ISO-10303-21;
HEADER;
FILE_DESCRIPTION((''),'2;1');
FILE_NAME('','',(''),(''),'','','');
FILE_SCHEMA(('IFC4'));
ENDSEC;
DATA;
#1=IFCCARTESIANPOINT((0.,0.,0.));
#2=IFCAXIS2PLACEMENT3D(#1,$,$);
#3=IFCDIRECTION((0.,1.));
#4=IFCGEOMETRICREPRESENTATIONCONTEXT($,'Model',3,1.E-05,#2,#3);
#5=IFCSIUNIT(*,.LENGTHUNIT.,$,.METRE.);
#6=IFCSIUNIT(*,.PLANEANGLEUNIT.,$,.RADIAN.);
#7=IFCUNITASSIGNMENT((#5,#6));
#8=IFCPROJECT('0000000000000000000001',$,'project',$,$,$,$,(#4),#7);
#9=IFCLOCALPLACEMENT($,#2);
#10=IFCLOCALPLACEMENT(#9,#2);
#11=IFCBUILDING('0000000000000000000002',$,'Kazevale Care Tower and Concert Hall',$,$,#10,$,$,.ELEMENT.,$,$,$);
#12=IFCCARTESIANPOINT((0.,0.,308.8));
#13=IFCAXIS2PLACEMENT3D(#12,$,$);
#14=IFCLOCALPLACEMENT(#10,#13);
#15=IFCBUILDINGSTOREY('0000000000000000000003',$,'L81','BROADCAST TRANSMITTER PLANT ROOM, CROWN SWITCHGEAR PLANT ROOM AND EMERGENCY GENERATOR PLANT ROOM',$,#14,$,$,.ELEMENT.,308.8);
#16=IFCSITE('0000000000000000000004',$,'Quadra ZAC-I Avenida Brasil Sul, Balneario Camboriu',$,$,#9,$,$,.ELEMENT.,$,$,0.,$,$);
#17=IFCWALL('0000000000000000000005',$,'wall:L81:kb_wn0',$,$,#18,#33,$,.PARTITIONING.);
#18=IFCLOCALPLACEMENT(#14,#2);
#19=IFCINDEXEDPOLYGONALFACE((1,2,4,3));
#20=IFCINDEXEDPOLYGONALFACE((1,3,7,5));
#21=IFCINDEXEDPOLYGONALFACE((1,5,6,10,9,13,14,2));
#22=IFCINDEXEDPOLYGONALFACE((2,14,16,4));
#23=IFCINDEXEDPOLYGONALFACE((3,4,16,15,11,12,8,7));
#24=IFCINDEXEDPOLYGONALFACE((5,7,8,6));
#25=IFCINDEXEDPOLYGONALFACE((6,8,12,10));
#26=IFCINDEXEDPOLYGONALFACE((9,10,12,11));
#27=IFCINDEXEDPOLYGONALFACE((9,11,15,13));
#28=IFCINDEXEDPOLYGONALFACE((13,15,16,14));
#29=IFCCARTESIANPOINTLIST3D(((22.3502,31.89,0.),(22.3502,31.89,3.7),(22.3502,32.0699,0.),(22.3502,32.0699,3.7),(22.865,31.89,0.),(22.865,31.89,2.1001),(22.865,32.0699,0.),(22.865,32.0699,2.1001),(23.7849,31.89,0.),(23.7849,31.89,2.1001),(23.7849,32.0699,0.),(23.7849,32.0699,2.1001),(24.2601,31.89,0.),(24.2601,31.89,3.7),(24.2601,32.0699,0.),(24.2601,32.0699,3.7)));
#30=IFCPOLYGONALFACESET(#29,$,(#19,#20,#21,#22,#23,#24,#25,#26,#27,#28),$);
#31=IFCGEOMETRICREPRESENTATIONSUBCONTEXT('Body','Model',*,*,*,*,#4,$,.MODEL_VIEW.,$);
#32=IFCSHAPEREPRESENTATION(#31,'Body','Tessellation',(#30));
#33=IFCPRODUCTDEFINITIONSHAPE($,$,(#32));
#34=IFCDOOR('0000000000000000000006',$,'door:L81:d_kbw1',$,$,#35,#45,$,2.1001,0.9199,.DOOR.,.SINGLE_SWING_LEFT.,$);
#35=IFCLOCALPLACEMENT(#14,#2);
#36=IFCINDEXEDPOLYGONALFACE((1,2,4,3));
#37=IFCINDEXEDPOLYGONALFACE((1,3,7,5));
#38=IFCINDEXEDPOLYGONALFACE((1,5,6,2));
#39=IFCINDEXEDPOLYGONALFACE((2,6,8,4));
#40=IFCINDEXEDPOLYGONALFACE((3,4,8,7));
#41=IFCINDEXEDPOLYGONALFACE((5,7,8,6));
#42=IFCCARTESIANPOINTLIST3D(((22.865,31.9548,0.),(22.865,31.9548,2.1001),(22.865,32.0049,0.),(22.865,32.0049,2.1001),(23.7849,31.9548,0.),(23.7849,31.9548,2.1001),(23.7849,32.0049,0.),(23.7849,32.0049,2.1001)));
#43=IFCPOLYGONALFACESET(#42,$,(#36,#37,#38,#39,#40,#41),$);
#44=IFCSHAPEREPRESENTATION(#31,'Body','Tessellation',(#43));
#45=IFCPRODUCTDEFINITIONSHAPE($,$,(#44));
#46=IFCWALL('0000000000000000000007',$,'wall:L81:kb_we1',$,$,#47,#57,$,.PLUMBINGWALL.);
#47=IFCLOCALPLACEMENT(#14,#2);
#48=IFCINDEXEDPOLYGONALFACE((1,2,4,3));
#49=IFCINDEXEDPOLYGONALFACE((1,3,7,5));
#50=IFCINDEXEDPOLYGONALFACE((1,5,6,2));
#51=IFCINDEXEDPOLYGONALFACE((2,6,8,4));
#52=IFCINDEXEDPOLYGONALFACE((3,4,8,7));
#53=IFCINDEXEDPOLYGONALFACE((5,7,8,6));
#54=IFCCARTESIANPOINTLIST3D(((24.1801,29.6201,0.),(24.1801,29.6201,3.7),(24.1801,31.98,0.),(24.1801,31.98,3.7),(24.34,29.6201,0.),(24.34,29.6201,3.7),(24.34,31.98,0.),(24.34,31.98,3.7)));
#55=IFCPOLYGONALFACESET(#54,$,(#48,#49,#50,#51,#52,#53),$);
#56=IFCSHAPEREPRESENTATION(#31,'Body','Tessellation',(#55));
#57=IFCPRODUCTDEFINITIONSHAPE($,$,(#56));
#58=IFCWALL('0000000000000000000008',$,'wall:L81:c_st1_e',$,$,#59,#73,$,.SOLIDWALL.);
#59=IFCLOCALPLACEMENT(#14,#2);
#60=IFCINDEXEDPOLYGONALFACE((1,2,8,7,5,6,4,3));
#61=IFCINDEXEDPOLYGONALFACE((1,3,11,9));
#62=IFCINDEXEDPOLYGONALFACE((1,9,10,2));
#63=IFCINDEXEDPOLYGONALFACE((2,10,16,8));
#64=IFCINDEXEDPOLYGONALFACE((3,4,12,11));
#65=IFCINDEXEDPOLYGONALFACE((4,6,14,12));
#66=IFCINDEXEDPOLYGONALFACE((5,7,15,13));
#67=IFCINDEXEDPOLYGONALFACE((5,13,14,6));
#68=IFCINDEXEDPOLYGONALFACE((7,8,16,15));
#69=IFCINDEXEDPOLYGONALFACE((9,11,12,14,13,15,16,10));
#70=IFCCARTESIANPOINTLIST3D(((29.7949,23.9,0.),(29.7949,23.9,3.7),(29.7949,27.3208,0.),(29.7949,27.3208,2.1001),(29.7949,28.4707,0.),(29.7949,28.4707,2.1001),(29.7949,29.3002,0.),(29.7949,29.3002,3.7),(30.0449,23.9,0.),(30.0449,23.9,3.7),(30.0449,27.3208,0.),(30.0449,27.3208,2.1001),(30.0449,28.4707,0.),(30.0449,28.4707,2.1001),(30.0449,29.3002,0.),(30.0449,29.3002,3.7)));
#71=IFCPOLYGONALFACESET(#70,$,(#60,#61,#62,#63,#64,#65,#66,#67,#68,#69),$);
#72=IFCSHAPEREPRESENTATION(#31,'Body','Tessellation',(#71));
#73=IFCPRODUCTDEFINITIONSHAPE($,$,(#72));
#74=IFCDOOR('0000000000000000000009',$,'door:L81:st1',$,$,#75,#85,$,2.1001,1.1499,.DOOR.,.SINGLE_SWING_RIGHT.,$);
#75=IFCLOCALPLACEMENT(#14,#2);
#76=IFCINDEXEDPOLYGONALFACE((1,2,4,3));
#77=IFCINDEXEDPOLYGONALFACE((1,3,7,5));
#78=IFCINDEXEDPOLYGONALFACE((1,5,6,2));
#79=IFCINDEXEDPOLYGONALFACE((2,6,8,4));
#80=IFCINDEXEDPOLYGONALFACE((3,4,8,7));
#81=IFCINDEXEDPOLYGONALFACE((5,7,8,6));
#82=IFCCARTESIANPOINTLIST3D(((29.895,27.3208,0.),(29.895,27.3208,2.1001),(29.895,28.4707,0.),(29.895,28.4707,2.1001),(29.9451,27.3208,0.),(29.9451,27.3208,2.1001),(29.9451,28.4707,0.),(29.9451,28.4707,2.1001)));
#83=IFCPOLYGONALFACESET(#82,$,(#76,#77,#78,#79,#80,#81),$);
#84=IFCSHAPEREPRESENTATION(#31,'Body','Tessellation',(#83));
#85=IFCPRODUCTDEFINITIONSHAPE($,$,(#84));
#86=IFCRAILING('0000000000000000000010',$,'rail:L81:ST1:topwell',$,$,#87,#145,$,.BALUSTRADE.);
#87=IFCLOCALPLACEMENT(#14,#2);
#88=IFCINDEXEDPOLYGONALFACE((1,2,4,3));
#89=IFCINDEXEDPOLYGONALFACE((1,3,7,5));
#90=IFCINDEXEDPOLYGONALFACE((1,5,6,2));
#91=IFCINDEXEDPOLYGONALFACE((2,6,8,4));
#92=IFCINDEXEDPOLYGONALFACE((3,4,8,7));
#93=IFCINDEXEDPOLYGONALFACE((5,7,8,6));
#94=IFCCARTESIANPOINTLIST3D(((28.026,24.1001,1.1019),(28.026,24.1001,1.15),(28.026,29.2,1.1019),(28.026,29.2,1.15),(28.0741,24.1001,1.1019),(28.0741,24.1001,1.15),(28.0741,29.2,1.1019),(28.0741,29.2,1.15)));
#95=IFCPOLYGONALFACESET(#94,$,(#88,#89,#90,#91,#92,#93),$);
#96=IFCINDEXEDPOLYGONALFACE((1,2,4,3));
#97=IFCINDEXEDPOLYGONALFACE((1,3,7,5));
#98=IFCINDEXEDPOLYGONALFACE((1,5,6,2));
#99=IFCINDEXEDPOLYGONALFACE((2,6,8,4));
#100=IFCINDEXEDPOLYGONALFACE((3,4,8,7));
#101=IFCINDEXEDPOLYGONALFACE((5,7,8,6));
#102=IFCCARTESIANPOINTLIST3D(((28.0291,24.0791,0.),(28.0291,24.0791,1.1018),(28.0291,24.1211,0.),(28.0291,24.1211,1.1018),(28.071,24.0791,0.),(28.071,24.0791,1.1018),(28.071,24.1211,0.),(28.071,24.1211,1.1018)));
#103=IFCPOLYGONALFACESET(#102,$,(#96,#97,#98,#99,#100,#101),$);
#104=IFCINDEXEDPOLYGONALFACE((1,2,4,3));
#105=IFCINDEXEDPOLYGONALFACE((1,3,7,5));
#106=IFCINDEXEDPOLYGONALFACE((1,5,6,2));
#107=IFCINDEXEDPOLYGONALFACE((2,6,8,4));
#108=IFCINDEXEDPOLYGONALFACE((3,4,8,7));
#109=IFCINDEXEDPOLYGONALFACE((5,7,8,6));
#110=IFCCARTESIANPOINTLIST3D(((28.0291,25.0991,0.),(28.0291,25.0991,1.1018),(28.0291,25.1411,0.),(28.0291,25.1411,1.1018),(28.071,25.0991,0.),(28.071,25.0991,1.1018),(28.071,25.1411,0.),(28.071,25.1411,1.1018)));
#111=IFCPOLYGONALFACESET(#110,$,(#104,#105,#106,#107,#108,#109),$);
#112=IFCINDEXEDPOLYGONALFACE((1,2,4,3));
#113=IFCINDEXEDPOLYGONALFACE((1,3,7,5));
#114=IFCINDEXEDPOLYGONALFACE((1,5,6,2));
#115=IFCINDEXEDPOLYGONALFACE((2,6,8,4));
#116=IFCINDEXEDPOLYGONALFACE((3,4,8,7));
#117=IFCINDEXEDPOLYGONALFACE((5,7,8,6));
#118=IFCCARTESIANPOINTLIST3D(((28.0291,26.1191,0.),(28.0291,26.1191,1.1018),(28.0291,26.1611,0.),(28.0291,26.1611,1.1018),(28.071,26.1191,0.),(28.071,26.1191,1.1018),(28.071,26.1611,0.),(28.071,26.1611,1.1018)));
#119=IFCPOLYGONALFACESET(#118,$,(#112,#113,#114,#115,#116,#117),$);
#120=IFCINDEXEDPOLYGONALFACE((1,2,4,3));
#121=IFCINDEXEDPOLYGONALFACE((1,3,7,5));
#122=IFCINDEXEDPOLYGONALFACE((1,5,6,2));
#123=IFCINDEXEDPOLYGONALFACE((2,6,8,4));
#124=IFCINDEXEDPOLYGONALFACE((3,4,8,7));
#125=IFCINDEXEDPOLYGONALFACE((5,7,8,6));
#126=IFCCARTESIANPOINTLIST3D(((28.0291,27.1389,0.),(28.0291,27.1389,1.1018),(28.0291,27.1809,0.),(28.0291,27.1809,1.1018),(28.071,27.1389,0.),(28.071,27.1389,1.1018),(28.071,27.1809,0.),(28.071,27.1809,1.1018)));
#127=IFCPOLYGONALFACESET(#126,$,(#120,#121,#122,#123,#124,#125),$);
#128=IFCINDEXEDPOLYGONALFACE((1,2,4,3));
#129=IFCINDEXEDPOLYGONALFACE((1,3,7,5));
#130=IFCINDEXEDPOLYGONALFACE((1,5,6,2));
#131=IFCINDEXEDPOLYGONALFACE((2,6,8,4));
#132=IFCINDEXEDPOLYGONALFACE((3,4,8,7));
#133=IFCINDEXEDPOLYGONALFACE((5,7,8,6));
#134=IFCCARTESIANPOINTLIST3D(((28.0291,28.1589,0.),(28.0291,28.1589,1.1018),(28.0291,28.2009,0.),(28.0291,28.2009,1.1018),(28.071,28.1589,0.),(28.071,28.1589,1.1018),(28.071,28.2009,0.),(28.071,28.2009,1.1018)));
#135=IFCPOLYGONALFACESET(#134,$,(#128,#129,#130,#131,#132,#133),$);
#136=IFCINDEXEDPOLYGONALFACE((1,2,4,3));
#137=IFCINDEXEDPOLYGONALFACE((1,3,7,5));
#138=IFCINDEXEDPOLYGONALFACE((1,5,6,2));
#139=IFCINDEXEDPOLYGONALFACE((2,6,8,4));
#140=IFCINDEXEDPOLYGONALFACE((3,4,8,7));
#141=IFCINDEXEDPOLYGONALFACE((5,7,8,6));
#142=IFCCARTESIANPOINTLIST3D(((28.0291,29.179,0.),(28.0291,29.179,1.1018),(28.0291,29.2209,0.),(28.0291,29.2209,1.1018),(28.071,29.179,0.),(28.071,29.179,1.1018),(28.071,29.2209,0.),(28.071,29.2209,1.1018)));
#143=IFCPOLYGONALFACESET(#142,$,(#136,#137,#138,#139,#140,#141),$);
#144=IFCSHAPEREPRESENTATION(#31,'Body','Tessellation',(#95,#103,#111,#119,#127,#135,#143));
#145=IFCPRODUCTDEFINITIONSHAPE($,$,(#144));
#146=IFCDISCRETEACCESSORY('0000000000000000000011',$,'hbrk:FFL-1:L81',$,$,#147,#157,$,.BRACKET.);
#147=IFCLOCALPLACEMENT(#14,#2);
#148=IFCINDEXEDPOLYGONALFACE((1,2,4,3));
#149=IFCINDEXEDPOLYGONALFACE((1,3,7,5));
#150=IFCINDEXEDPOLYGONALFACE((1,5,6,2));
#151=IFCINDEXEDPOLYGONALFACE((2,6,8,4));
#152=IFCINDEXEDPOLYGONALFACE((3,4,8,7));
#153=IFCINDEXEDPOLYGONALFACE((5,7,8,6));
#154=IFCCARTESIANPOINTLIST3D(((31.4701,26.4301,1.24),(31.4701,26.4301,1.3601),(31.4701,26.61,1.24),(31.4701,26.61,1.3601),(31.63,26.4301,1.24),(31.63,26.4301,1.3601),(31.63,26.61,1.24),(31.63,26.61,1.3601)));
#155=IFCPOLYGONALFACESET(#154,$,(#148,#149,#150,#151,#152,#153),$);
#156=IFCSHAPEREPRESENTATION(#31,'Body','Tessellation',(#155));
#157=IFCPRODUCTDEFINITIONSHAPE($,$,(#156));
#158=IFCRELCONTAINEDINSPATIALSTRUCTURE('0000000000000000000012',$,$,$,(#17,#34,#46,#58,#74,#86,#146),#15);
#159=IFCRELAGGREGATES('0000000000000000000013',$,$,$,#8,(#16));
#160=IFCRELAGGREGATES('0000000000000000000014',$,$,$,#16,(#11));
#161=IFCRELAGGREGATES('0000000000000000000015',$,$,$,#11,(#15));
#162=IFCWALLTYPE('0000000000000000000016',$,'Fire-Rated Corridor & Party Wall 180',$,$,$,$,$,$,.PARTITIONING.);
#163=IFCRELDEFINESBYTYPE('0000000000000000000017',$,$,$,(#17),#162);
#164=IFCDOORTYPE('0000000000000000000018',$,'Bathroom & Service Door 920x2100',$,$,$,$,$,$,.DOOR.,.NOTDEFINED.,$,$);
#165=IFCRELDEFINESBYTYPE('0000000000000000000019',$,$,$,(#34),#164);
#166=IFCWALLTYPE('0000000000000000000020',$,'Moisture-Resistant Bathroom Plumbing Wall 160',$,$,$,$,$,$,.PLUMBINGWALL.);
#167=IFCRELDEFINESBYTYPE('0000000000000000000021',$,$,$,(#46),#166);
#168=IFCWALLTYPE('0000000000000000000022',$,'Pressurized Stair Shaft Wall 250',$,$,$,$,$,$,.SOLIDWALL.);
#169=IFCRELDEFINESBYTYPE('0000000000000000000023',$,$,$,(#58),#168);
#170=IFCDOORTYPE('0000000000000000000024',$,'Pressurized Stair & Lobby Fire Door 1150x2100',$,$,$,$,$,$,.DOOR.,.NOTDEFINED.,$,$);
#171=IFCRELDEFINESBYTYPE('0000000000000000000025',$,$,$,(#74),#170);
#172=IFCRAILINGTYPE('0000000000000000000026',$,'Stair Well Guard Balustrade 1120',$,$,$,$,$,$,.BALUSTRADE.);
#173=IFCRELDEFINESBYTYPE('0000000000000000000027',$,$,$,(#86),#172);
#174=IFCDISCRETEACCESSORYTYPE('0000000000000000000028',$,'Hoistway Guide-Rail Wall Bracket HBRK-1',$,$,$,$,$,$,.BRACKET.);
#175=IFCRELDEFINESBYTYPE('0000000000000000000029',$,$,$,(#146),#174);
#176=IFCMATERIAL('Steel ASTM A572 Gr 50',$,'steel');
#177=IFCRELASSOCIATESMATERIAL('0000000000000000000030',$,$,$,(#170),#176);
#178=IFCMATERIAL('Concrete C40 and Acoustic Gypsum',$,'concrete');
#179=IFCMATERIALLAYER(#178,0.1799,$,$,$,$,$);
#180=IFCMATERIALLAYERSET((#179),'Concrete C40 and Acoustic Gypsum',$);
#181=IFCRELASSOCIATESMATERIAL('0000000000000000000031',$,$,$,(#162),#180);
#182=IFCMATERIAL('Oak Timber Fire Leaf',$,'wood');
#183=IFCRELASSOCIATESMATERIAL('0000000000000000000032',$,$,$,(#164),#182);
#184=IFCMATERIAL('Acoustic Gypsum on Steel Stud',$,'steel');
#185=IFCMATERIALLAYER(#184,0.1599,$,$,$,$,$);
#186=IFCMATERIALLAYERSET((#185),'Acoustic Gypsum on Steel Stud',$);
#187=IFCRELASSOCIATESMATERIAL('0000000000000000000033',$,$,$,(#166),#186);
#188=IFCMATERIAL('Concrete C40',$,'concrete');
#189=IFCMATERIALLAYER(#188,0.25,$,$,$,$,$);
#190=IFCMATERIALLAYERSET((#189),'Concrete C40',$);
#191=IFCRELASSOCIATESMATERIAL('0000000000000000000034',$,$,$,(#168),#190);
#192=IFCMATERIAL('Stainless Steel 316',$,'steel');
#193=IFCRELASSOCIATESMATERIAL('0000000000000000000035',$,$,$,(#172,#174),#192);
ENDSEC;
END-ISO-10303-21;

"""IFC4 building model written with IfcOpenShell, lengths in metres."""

from ifc_helpers import new_model, si_unit, direction, frame, frame_2d, origin, origin_2d, place, context, subcontext, project, spatial, rectangle, extrude, material, layer, layer_set, type_object, element, fill, save


model = new_model("IFC4")

# Units and contexts
model_context = context("Model", 3, precision=1e-05, world=origin(), true_north=direction((0.0, 1.0)))
body_context = subcontext(model_context, "Body", "Model", "MODEL_VIEW")
ifc_project = project(units=[si_unit("LENGTHUNIT", "METRE"), si_unit("PLANEANGLEUNIT", "RADIAN")], contexts=[model_context])

# Site, building, storey
site_placement = place(None, origin())
site = spatial("IfcSite", under=ifc_project, at=site_placement, Name="Quadra ZAC-I Avenida Brasil Sul, Balneario Camboriu", CompositionType="ELEMENT", RefElevation=0.0)
building_placement = place(site_placement, origin())
building = spatial("IfcBuilding", under=site, at=building_placement, Name="Kazevale Care Tower and Concert Hall", CompositionType="ELEMENT")
storey_placement = place(building_placement, frame((0.0, 0.0, 308.8)))
storey = spatial("IfcBuildingStorey", under=building, at=storey_placement, Name="L81", Description="BROADCAST TRANSMITTER PLANT ROOM, CROWN SWITCHGEAR PLANT ROOM AND EMERGENCY GENERATOR PLANT ROOM", CompositionType="ELEMENT", Elevation=308.8)

# Shared definitions
ifc_material_1 = material(Name="Steel ASTM A572 Gr 50", Category="steel")

# Shared definitions
ifc_material_2 = material(Name="Concrete C40", Category="concrete")

# Shared definitions
door_type_1 = type_object("IfcDoorType", Name="Pressurized Stair & Lobby Fire Door 1150x2100", OperationType="NOTDEFINED", PredefinedType="DOOR", material=ifc_material_1)

# Shared definitions
ifc_material_3 = material(Name="Stainless Steel 316", Category="steel")

# Wall, opening, door
ifc_material_4 = material(Name="Concrete C40 and Acoustic Gypsum", Category="concrete")
ifc_layer_1 = layer(ifc_material_4, 0.1799)
ifc_layer_set_1 = layer_set([ifc_layer_1], Name="Concrete C40 and Acoustic Gypsum")
wall_type_1 = type_object("IfcWallType", Name="Fire-Rated Corridor & Party Wall 180", PredefinedType="PARTITIONING", material=ifc_layer_set_1)
wall_1_placement = place(storey_placement, frame((22.3501, 31.98, 0.0), z_axis=(0.0, 0.0, 1.0), x_axis=(1.0, 0.0, 0.0)))
wall_1 = element("IfcWall", 1, at=wall_1_placement, inside=storey, type_object=wall_type_1, Name="wall:L81:kb_wn0", PredefinedType="PARTITIONING", context=body_context, shape_type="SweptSolid", body=[
    extrude(rectangle(XDim=1.9099, YDim=0.1799, at=frame_2d((0.9551, 0.0))), origin(), (0.0, 0.0, 1.0), 3.7),
])
opening_1_placement = place(wall_1_placement, frame((0.5149, 0.0, 0.0)))
opening_1 = element("IfcOpeningElement", 2, at=opening_1_placement, cuts=wall_1, PredefinedType="OPENING", context=body_context, shape_type="SweptSolid", body=[
    extrude(rectangle(XDim=0.9199, YDim=2.1001, at=frame_2d((0.46, 1.05))), frame((0.0, 0.0999, 0.0), z_axis=(0.0, -1.0, 0.0), x_axis=(1.0, 0.0, 0.0)), (0.0, 0.0, 1.0), 0.2),
])
ifc_material_5 = material(Name="Oak Timber Fire Leaf", Category="wood")
door_type_2 = type_object("IfcDoorType", Name="Bathroom & Service Door 920x2100", OperationType="NOTDEFINED", PredefinedType="DOOR", material=ifc_material_5)
door_1_placement = place(opening_1_placement, origin())
door_1 = element("IfcDoor", 3, at=door_1_placement, inside=storey, type_object=door_type_2, Name="door:L81:d_kbw1", OperationType="SINGLE_SWING_LEFT", OverallHeight=2.1001, OverallWidth=0.9199, PredefinedType="DOOR", context=body_context, shape_type="SweptSolid", body=[
    extrude(rectangle(XDim=0.9199, YDim=2.1001, at=frame_2d((0.46, 1.05))), frame((0.0, 0.0249, 0.0), z_axis=(0.0, -1.0, 0.0), x_axis=(1.0, 0.0, 0.0)), (0.0, 0.0, 1.0), 0.05),
])
fill(opening_1, door_1)

# Wall
ifc_material_6 = material(Name="Acoustic Gypsum on Steel Stud", Category="steel")
ifc_layer_2 = layer(ifc_material_6, 0.1599)
ifc_layer_set_2 = layer_set([ifc_layer_2], Name="Acoustic Gypsum on Steel Stud")
wall_type_2 = type_object("IfcWallType", Name="Moisture-Resistant Bathroom Plumbing Wall 160", PredefinedType="PLUMBINGWALL", material=ifc_layer_set_2)
wall_2_placement = place(storey_placement, frame((24.26, 29.6201, 0.0), z_axis=(0.0, 0.0, 1.0), x_axis=(0.0, 1.0, 0.0)))
element("IfcWall", 4, at=wall_2_placement, inside=storey, type_object=wall_type_2, Name="wall:L81:kb_we1", PredefinedType="PLUMBINGWALL", context=body_context, shape_type="SweptSolid", body=[
    extrude(rectangle(XDim=2.3599, YDim=0.1599, at=frame_2d((1.1799, 0.0))), origin(), (0.0, 0.0, 1.0), 3.7),
])

# Wall, opening, door
ifc_layer_3 = layer(ifc_material_2, 0.25)
ifc_layer_set_3 = layer_set([ifc_layer_3], Name="Concrete C40")
wall_type_3 = type_object("IfcWallType", Name="Pressurized Stair Shaft Wall 250", PredefinedType="SOLIDWALL", material=ifc_layer_set_3)
wall_3_placement = place(storey_placement, frame((29.9199, 23.8999, 0.0), z_axis=(0.0, 0.0, 1.0), x_axis=(0.0, 1.0, 0.0)))
wall_3 = element("IfcWall", 5, at=wall_3_placement, inside=storey, type_object=wall_type_3, Name="wall:L81:c_st1_e", PredefinedType="SOLIDWALL", context=body_context, shape_type="SweptSolid", body=[
    extrude(rectangle(XDim=5.4001, YDim=0.25, at=frame_2d((2.7002, 0.0))), origin(), (0.0, 0.0, 1.0), 3.7),
])
opening_2_placement = place(wall_3_placement, frame((3.4209, 0.0, 0.0)))
opening_2 = element("IfcOpeningElement", 6, at=opening_2_placement, cuts=wall_3, PredefinedType="OPENING", context=body_context, shape_type="SweptSolid", body=[
    extrude(rectangle(XDim=1.1499, YDim=2.1001, at=frame_2d((0.575, 1.05))), frame((0.0, 0.135, 0.0), z_axis=(0.0, -1.0, 0.0), x_axis=(1.0, 0.0, 0.0)), (0.0, 0.0, 1.0), 0.27),
])
door_2_placement = place(opening_2_placement, origin())
door_2 = element("IfcDoor", 7, at=door_2_placement, inside=storey, type_object=door_type_1, Name="door:L81:st1", OperationType="SINGLE_SWING_RIGHT", OverallHeight=2.1001, OverallWidth=1.1499, PredefinedType="DOOR", context=body_context, shape_type="SweptSolid", body=[
    extrude(rectangle(XDim=1.1499, YDim=2.1001, at=frame_2d((0.575, 1.05))), frame((0.0, 0.0249, 0.0), z_axis=(0.0, -1.0, 0.0), x_axis=(1.0, 0.0, 0.0)), (0.0, 0.0, 1.0), 0.05),
])
fill(opening_2, door_2)

# Railing
railing_type = type_object("IfcRailingType", Name="Stair Well Guard Balustrade 1120", PredefinedType="BALUSTRADE", material=ifc_material_3)
railing_placement = place(storey_placement, frame((28.05, 24.1001, 0.0)))
element("IfcRailing", 8, at=railing_placement, inside=storey, type_object=railing_type, Name="rail:L81:ST1:topwell", PredefinedType="BALUSTRADE", context=body_context, shape_type="SweptSolid", body=[
    extrude(rectangle(XDim=0.0481, YDim=0.0481, at=origin_2d()), frame((0.0, 0.0, 1.126), z_axis=(0.0, 1.0, 0.0), x_axis=(-1.0, 0.0, 0.0)), (0.0, 0.0, 1.0), 5.0999),
    extrude(rectangle(XDim=0.042, YDim=0.042, at=origin_2d()), origin(), (0.0, 0.0, 1.0), 1.1018),
    extrude(rectangle(XDim=0.042, YDim=0.042, at=origin_2d()), frame((0.0, 1.02, 0.0)), (0.0, 0.0, 1.0), 1.1018),
    extrude(rectangle(XDim=0.042, YDim=0.042, at=origin_2d()), frame((0.0, 2.04, 0.0)), (0.0, 0.0, 1.0), 1.1018),
    extrude(rectangle(XDim=0.042, YDim=0.042, at=origin_2d()), frame((0.0, 3.0598, 0.0)), (0.0, 0.0, 1.0), 1.1018),
    extrude(rectangle(XDim=0.042, YDim=0.042, at=origin_2d()), frame((0.0, 4.0798, 0.0)), (0.0, 0.0, 1.0), 1.1018),
    extrude(rectangle(XDim=0.042, YDim=0.042, at=origin_2d()), frame((0.0, 5.0999, 0.0)), (0.0, 0.0, 1.0), 1.1018),
])

# Discrete accessory
discrete_accessory_type = type_object("IfcDiscreteAccessoryType", Name="Hoistway Guide-Rail Wall Bracket HBRK-1", PredefinedType="BRACKET", material=ifc_material_3)
discrete_accessory_placement = place(storey_placement, frame((31.55, 26.52, 1.24), z_axis=(0.0, 0.0, 1.0), x_axis=(1.0, 0.0, 0.0)))
element("IfcDiscreteAccessory", 9, at=discrete_accessory_placement, inside=storey, type_object=discrete_accessory_type, Name="hbrk:FFL-1:L81", PredefinedType="BRACKET", context=body_context, shape_type="SweptSolid", body=[
    extrude(rectangle(XDim=0.1599, YDim=0.1799, at=origin_2d()), origin(), (0.0, 0.0, 1.0), 0.1201),
])

save(model, "model.ifc")
